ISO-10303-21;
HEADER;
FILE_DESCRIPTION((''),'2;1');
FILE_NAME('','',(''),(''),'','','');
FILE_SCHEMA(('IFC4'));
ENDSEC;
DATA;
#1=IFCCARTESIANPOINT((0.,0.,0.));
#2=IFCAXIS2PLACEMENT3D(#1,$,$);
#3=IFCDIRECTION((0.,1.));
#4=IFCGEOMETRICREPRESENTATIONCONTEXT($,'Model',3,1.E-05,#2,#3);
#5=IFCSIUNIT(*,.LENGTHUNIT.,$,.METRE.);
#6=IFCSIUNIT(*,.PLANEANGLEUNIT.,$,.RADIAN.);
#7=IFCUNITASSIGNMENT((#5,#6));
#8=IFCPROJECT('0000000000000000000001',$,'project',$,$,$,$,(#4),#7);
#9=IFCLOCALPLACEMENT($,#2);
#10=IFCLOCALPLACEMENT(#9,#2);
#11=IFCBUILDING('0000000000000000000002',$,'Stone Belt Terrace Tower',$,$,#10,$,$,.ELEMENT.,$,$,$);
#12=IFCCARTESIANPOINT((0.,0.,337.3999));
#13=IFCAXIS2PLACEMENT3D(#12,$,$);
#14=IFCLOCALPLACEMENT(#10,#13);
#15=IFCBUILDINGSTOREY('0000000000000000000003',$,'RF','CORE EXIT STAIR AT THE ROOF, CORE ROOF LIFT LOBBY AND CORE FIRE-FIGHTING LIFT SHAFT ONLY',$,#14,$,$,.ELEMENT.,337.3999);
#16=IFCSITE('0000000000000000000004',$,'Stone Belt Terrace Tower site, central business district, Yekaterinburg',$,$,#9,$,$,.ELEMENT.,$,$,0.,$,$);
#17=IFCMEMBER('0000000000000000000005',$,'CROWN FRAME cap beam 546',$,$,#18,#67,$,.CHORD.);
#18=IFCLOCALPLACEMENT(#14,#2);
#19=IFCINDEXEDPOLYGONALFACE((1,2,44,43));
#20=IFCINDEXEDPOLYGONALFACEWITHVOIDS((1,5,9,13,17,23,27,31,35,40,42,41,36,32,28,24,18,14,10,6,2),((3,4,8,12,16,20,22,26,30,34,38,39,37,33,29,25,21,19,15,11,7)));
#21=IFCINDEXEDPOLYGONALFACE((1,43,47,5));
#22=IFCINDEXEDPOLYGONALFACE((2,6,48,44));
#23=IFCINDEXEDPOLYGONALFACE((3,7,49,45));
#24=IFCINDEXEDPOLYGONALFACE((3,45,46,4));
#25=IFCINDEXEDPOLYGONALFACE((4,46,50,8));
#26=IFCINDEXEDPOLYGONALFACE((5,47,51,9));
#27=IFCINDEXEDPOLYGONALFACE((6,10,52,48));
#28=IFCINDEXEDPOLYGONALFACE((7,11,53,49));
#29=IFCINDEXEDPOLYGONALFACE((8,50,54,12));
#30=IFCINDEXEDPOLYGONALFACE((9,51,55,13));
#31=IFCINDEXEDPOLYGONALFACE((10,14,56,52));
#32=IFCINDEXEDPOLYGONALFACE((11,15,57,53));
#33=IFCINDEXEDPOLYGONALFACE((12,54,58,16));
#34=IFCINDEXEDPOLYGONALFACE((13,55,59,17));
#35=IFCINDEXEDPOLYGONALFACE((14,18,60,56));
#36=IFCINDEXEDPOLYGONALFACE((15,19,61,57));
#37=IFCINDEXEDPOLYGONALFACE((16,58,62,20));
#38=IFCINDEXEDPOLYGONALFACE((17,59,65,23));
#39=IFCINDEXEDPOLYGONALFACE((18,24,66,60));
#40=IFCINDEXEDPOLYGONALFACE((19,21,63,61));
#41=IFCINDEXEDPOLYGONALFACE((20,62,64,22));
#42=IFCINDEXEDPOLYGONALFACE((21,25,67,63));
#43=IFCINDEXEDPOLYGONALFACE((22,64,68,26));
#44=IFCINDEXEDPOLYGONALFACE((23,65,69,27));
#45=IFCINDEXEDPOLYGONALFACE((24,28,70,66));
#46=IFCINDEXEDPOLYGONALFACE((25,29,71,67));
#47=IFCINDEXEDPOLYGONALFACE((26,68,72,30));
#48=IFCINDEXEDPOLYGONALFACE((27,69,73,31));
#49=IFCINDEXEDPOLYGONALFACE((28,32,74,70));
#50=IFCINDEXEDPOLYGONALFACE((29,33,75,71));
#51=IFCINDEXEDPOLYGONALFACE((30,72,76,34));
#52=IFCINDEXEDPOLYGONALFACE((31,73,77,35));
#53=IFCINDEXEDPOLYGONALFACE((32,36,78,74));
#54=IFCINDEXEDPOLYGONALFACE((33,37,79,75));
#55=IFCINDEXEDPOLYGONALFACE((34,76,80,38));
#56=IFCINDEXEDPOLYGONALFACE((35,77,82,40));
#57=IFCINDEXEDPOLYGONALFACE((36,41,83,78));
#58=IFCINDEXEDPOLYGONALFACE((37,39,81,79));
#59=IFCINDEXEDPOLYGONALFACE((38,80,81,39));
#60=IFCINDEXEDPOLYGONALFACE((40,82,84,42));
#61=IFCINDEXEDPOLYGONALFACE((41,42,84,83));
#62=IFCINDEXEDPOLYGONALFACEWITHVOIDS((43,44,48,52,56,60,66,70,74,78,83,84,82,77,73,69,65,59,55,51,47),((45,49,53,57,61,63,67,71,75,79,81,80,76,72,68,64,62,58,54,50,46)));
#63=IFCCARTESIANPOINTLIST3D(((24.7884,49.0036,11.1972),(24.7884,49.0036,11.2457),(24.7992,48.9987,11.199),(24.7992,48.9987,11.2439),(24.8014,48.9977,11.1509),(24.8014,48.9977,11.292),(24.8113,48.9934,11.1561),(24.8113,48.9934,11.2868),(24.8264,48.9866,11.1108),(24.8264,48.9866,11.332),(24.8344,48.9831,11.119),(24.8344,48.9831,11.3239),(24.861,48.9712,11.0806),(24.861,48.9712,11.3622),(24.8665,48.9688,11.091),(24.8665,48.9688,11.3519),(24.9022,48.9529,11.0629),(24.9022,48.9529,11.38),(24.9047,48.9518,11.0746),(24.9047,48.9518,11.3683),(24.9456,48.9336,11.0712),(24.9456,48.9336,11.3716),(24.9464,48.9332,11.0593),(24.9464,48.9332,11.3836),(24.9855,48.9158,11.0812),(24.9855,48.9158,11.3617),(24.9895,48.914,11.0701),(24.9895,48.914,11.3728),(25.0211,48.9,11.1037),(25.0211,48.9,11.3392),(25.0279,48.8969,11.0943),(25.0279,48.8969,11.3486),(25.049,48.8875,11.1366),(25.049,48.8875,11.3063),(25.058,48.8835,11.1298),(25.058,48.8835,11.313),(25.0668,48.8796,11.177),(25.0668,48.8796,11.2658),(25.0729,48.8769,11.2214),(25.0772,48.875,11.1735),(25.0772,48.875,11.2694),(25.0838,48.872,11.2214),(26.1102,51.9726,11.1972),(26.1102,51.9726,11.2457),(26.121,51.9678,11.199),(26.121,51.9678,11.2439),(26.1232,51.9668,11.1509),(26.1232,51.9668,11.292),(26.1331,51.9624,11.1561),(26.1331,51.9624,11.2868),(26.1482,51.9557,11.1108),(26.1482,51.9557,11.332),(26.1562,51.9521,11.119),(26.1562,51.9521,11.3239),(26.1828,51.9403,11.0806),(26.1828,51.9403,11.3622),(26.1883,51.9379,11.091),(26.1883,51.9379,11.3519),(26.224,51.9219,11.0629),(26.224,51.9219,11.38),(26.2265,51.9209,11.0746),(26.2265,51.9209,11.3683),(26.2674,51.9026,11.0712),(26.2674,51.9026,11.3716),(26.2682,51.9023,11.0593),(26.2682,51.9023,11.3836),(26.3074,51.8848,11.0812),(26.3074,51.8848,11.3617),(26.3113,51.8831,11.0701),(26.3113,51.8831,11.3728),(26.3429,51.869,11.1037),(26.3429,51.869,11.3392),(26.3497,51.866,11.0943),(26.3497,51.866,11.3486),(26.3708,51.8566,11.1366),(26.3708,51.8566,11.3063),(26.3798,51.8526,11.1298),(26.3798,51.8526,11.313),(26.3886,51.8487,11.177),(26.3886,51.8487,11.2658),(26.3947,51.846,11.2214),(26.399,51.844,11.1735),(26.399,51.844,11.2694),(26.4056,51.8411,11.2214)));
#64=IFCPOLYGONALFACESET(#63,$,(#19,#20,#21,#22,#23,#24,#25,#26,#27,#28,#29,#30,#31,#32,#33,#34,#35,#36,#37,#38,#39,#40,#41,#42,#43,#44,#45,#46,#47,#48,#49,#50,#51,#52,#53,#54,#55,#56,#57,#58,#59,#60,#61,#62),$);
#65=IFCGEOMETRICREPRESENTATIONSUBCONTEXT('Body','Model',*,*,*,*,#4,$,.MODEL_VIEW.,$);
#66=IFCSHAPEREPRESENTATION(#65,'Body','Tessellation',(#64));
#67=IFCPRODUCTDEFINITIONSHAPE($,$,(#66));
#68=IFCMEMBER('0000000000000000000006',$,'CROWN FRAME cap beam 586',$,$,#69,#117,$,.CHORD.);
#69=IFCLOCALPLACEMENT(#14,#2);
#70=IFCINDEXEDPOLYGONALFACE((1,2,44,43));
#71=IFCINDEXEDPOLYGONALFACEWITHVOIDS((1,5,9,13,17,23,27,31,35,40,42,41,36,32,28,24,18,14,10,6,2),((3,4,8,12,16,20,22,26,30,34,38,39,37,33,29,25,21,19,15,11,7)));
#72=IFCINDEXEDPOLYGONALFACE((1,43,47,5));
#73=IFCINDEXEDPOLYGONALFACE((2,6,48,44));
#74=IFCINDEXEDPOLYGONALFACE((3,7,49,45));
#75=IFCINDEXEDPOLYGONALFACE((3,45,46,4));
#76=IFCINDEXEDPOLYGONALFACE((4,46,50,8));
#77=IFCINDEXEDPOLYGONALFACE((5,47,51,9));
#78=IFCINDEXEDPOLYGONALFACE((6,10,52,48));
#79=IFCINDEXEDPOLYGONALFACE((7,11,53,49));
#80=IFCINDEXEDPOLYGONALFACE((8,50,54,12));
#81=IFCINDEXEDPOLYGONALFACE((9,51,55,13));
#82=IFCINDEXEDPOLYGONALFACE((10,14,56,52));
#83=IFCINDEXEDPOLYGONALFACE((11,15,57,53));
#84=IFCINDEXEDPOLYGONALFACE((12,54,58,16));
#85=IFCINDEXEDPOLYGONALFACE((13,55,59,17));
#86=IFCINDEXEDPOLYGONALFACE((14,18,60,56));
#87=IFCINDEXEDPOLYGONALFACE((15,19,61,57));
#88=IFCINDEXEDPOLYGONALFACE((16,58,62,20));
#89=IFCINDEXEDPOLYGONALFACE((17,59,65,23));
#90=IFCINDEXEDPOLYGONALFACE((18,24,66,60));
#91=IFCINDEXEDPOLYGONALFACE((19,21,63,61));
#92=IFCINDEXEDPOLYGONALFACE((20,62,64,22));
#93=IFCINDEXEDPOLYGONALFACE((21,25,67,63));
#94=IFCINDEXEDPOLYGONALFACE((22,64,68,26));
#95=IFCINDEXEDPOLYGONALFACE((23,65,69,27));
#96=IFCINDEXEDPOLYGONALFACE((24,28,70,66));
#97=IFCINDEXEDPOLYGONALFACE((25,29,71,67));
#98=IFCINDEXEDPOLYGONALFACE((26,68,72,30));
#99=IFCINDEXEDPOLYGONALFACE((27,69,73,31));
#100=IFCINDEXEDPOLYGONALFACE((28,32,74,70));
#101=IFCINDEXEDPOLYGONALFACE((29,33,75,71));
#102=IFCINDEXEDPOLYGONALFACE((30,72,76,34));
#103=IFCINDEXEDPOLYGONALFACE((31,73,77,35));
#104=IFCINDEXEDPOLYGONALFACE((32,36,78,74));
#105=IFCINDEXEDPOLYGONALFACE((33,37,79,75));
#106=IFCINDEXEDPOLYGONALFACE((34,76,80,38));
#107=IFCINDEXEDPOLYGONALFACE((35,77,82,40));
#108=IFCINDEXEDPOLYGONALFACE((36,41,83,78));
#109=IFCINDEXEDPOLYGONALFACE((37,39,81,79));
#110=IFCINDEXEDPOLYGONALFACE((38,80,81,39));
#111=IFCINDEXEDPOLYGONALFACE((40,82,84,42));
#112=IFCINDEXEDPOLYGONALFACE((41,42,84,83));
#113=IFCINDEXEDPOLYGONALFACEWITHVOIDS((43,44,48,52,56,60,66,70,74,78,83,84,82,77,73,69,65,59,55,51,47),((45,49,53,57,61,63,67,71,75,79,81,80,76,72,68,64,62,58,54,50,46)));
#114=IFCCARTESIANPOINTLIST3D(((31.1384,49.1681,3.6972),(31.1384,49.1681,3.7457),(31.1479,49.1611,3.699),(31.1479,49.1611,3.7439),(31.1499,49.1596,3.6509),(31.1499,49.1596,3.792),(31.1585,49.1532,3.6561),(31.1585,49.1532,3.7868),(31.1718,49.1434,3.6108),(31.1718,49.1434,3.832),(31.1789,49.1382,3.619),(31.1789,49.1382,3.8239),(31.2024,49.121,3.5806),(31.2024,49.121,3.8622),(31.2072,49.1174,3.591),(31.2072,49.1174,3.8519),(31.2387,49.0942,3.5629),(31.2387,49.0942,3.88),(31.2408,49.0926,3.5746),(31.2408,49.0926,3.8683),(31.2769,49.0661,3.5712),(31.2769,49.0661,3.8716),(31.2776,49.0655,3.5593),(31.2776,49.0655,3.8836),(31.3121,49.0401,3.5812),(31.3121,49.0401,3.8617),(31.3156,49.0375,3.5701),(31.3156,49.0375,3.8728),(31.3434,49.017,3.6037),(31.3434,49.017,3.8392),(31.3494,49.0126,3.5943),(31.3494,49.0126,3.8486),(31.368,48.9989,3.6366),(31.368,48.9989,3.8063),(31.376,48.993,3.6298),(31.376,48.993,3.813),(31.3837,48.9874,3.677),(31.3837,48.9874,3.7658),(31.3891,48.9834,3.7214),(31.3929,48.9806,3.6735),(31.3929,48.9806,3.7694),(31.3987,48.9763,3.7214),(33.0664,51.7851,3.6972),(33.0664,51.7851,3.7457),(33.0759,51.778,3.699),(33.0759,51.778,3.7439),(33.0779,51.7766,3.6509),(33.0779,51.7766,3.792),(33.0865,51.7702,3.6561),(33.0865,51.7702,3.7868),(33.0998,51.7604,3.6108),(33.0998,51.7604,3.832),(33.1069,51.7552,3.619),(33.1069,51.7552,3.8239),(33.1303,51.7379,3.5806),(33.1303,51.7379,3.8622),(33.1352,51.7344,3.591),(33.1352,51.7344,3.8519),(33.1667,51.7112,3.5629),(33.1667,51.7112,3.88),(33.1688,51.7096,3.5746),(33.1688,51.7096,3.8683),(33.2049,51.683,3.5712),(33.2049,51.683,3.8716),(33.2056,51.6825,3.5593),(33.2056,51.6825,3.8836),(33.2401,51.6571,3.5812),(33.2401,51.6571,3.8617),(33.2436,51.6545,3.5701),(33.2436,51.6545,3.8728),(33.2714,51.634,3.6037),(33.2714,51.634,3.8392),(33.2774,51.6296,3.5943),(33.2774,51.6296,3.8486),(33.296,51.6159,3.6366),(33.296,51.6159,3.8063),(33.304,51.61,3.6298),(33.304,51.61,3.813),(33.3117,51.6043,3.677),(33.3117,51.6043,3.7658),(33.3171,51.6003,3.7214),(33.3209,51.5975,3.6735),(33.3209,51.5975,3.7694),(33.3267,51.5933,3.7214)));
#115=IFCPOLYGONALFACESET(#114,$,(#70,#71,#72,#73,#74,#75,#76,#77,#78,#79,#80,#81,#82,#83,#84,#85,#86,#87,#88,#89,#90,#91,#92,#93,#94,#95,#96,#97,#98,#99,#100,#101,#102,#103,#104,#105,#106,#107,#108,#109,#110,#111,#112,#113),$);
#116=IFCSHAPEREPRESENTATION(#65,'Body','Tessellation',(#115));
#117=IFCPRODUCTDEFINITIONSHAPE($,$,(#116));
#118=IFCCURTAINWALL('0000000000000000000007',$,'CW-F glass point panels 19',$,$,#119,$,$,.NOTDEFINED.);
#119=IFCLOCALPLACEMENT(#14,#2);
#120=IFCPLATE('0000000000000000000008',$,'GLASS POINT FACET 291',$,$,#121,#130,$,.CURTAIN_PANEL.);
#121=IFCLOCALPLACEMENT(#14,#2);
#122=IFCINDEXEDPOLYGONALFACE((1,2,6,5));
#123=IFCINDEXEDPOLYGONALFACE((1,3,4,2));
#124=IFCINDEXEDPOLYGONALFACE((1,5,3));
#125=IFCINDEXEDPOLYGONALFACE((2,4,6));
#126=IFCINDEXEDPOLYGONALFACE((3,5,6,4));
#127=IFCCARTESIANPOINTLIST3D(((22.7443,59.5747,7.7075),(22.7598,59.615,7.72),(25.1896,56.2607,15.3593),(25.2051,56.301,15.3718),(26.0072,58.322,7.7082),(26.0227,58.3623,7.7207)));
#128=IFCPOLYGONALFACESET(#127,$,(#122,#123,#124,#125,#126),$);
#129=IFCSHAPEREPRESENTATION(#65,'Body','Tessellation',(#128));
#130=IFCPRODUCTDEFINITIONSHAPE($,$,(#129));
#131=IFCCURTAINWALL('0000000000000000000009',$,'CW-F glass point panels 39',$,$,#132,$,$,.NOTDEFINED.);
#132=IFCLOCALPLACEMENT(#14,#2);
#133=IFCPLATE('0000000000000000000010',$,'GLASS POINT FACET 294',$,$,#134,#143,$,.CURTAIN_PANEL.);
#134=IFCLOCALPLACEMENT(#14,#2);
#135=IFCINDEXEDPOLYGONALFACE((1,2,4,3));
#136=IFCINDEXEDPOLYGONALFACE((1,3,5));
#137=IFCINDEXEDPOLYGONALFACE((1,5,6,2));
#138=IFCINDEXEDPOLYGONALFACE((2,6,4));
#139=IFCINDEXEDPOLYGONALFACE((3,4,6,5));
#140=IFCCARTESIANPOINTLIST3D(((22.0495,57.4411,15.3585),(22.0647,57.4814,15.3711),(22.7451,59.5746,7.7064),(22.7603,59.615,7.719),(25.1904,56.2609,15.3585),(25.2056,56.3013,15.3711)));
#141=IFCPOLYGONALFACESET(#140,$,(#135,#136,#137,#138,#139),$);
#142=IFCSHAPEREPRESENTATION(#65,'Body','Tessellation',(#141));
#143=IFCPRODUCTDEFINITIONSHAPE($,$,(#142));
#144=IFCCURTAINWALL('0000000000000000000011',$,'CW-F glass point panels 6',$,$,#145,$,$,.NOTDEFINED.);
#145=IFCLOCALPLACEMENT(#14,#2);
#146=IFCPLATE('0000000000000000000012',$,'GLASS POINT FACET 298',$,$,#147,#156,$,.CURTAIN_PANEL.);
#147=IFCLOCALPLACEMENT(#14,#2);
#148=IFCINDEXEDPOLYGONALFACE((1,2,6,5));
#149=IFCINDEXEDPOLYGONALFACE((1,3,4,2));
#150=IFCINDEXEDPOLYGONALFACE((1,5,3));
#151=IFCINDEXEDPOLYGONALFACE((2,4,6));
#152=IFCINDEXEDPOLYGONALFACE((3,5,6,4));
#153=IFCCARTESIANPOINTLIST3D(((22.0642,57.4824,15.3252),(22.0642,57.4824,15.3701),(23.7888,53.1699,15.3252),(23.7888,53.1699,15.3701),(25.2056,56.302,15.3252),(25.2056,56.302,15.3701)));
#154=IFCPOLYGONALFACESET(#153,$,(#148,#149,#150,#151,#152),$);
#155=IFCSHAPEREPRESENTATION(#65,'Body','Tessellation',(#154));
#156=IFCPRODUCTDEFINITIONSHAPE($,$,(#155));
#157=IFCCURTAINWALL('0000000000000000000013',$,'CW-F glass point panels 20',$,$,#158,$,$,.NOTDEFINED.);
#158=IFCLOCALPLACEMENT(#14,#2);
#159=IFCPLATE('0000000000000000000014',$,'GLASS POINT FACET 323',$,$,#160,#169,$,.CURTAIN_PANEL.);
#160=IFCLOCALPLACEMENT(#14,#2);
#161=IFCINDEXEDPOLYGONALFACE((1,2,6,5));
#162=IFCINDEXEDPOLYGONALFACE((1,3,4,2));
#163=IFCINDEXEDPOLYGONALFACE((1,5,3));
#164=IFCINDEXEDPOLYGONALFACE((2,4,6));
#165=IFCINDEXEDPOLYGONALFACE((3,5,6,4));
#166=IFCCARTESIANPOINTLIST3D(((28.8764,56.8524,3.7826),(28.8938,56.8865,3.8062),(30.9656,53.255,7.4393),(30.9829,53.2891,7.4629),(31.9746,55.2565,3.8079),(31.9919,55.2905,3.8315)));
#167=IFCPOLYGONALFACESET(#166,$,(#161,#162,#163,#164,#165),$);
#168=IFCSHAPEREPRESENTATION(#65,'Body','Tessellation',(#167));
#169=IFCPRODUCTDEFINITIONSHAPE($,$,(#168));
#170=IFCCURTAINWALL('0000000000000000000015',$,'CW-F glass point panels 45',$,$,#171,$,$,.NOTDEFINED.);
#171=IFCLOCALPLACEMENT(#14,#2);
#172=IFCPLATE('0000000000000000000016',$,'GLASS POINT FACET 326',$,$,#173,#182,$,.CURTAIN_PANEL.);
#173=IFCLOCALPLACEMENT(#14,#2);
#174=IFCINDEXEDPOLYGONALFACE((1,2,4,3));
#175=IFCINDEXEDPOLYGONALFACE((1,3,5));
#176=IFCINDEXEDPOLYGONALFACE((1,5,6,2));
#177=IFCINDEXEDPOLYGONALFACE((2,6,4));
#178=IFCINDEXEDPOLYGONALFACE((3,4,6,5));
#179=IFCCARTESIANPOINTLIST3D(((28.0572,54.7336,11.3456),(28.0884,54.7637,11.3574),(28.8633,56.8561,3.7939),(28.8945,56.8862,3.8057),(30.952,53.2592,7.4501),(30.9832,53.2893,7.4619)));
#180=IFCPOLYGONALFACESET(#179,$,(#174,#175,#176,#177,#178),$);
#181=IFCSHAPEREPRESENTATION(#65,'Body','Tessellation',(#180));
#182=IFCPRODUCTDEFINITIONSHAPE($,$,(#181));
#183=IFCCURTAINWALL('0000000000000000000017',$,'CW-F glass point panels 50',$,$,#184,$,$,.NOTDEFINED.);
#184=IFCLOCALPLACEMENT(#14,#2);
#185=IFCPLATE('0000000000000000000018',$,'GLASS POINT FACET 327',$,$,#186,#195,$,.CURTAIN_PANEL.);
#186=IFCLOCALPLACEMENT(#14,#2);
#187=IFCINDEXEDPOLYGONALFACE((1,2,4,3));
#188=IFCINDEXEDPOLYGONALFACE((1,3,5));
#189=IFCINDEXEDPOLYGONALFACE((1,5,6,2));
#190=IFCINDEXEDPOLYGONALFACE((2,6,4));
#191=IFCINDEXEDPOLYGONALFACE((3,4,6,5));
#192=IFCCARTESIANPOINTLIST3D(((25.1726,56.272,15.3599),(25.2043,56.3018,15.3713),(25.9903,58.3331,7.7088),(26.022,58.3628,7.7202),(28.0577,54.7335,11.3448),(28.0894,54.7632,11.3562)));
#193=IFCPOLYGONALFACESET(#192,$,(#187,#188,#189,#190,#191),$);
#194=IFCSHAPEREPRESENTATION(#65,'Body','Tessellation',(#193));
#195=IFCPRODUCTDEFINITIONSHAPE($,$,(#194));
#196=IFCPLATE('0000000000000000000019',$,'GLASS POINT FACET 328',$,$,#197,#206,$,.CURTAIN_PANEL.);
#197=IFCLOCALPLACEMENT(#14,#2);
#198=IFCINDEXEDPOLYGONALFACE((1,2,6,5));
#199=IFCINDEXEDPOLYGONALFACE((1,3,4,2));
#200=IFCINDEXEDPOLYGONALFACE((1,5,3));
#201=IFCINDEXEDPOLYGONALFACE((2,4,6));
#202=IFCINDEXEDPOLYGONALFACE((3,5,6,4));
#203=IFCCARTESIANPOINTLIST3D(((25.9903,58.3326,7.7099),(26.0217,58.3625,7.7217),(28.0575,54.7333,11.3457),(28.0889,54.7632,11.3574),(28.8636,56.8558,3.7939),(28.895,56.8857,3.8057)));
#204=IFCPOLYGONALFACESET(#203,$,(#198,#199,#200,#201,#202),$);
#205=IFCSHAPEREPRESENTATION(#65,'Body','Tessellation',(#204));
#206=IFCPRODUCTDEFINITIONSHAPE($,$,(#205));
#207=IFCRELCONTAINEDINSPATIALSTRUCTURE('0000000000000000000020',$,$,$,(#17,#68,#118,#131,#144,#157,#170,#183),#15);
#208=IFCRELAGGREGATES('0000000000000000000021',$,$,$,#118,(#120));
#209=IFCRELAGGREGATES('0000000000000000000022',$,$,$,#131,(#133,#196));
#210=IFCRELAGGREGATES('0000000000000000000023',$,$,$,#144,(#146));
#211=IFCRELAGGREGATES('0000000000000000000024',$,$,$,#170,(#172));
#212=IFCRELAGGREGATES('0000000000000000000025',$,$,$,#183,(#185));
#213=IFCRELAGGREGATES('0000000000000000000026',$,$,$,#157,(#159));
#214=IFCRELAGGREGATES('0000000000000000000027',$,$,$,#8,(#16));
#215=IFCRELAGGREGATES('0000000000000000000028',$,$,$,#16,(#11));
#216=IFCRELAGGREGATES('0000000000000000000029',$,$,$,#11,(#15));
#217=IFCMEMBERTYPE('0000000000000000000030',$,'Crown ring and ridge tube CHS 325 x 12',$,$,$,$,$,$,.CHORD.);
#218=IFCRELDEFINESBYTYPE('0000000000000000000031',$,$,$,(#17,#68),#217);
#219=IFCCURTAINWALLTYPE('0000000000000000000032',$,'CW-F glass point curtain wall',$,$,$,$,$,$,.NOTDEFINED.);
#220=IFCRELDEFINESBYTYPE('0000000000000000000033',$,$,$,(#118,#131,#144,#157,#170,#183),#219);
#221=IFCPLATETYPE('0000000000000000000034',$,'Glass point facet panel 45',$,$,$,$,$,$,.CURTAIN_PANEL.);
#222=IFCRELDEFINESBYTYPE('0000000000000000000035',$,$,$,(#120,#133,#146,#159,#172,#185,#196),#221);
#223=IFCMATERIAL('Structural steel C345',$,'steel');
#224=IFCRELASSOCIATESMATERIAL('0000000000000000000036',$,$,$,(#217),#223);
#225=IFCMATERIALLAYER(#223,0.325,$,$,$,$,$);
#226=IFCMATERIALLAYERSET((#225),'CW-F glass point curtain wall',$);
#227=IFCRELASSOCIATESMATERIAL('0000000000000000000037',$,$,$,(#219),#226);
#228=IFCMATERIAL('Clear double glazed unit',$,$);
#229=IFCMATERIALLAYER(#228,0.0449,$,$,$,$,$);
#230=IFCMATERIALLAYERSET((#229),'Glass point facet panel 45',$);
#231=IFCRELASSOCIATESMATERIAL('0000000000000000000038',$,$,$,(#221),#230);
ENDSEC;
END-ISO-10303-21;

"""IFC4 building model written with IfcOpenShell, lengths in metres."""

from ifc_helpers import new_model, si_unit, direction, frame, origin, origin_2d, place, context, subcontext, project, spatial, polyline, hollow_circle, outline, extrude, material, layer, layer_set, material_profile, profile_set, type_object, element, aggregate, save


model = new_model("IFC4")

# Units and contexts
model_context = context("Model", 3, precision=1e-05, world=origin(), true_north=direction((0.0, 1.0)))
body_context = subcontext(model_context, "Body", "Model", "MODEL_VIEW")
ifc_project = project(units=[si_unit("LENGTHUNIT", "METRE"), si_unit("PLANEANGLEUNIT", "RADIAN")], contexts=[model_context])

# Site, building, storey
site_placement = place(None, origin())
site = spatial("IfcSite", under=ifc_project, at=site_placement, Name="Stone Belt Terrace Tower site, central business district, Yekaterinburg", CompositionType="ELEMENT", RefElevation=0.0)
building_placement = place(site_placement, origin())
building = spatial("IfcBuilding", under=site, at=building_placement, Name="Stone Belt Terrace Tower", CompositionType="ELEMENT")
storey_placement = place(building_placement, frame((0.0, 0.0, 337.3999)))
storey = spatial("IfcBuildingStorey", under=building, at=storey_placement, Name="RF", Description="CORE EXIT STAIR AT THE ROOF, CORE ROOF LIFT LOBBY AND CORE FIRE-FIGHTING LIFT SHAFT ONLY", CompositionType="ELEMENT", Elevation=337.3999)

# Members
ifc_material_1 = material(Name="Structural steel C345", Category="steel")
ifc_material_profile_1 = material_profile(ifc_material_1, hollow_circle(Radius=0.1626, WallThickness=0.012, at=origin_2d()), Name="Structural steel C345 CHS 325x12")
ifc_profile_set_1 = profile_set([ifc_material_profile_1], Name="Structural steel C345")
member_type_1 = type_object("IfcMemberType", Name="Crown ring and ridge tube CHS 325 x 12", PredefinedType="CHORD", material=ifc_profile_set_1)
for number, where, z_axis, x_axis, name in (
    (1, (26.2571, 51.9072, 11.2214), (-0.40671, -0.913557, 0.0), (0.913557, -0.40671, 0.0), "CROWN FRAME cap beam 546"),
):
    element("IfcMember", number, at=place(storey_placement, frame(where, z_axis=z_axis, x_axis=x_axis)), inside=storey, type_object=member_type_1, Name=name, PredefinedType="CHORD", context=body_context, shape_type="SweptSolid", body=[
        extrude(hollow_circle(Radius=0.1626, WallThickness=0.012, at=origin_2d()), origin(), (0.0, 0.0, 1.0), 3.25),
    ])
member_1_placement = place(storey_placement, frame((33.1958, 51.6897, 3.7214), z_axis=(-0.59314, -0.805099, 0.0), x_axis=(0.805099, -0.59314, 0.0)))
element("IfcMember", 2, at=member_1_placement, inside=storey, type_object=member_type_1, Name="CROWN FRAME cap beam 586", PredefinedType="CHORD", context=body_context, shape_type="SweptSolid", body=[
    extrude(hollow_circle(Radius=0.1626, WallThickness=0.012, at=origin_2d()), origin(), (0.0, 0.0, 1.0), 3.2505),
])

# Curtain walls, plates
ifc_layer_1 = layer(ifc_material_1, 0.325)
ifc_layer_set_1 = layer_set([ifc_layer_1], Name="CW-F glass point curtain wall")
curtain_wall_type = type_object("IfcCurtainWallType", Name="CW-F glass point curtain wall", PredefinedType="NOTDEFINED", material=ifc_layer_set_1)
curtain_wall_1_placement = place(storey_placement, origin())
curtain_wall_1 = element("IfcCurtainWall", 3, at=curtain_wall_1_placement, inside=storey, type_object=curtain_wall_type, Name="CW-F glass point panels 19", PredefinedType="NOTDEFINED")
ifc_material_2 = material(Name="Clear double glazed unit")
ifc_layer_2 = layer(ifc_material_2, 0.0449)
ifc_layer_set_2 = layer_set([ifc_layer_2], Name="Glass point facet panel 45")
plate_type = type_object("IfcPlateType", Name="Glass point facet panel 45", PredefinedType="CURTAIN_PANEL", material=ifc_layer_set_2)
plate_1_placement = place(storey_placement, frame((25.2051, 56.301, 15.3718), z_axis=(0.344188, 0.896689, 0.278357), x_axis=(-0.2814, 0.381362, -0.880555)))
plate_1 = element("IfcPlate", 4, at=plate_1_placement, type_object=plate_type, Name="GLASS POINT FACET 291", PredefinedType="CURTAIN_PANEL", context=body_context, shape_type="SweptSolid", body=[
    extrude(outline(polyline([(0.0, 0.0), (8.6898, 0.0), (7.2932, -3.204), (0.0, 0.0)])), origin(), (0.0, 0.0, -1.0), 0.0449),
])
aggregate(curtain_wall_1, [plate_1])
curtain_wall_2_placement = place(storey_placement, origin())
curtain_wall_2 = element("IfcCurtainWall", 5, at=curtain_wall_2_placement, inside=storey, type_object=curtain_wall_type, Name="CW-F glass point panels 39", PredefinedType="NOTDEFINED")
plate_2_placement = place(storey_placement, frame((25.2056, 56.3013, 15.3711), z_axis=(0.337549, 0.898339, 0.281156), x_axis=(-0.936099, 0.351737, 0.0)))
plate_2 = element("IfcPlate", 6, at=plate_2_placement, type_object=plate_type, Name="GLASS POINT FACET 294", PredefinedType="CURTAIN_PANEL", context=body_context, shape_type="SweptSolid", body=[
    extrude(outline(polyline([(0.0, 0.0), (3.3553, 0.0), (3.4546, -7.9737), (0.0, 0.0)])), origin(), (0.0, 0.0, -1.0), 0.0449),
])
curtain_wall_3_placement = place(storey_placement, origin())
curtain_wall_3 = element("IfcCurtainWall", 7, at=curtain_wall_3_placement, inside=storey, type_object=curtain_wall_type, Name="CW-F glass point panels 6", PredefinedType="NOTDEFINED")
plate_3_placement = place(storey_placement, frame((25.2056, 56.302, 15.3701), z_axis=(0.0, 0.0, 1.0), x_axis=(-0.412133, -0.911124, 0.0)))
plate_3 = element("IfcPlate", 8, at=plate_3_placement, type_object=plate_type, Name="GLASS POINT FACET 298", PredefinedType="CURTAIN_PANEL", context=body_context, shape_type="SweptSolid", body=[
    extrude(outline(polyline([(0.0, 0.0), (3.4376, 0.0), (0.2191, -3.3487), (0.0, 0.0)])), origin(), (0.0, 0.0, -1.0), 0.0449),
])
curtain_wall_4_placement = place(storey_placement, origin())
curtain_wall_4 = element("IfcCurtainWall", 9, at=curtain_wall_4_placement, inside=storey, type_object=curtain_wall_type, Name="CW-F glass point panels 20", PredefinedType="NOTDEFINED")
plate_4_placement = place(storey_placement, frame((30.9829, 53.2891, 7.4629), z_axis=(0.386281, 0.758227, 0.525242), x_axis=(-0.377183, 0.649502, -0.660213)))
plate_4 = element("IfcPlate", 10, at=plate_4_placement, type_object=plate_type, Name="GLASS POINT FACET 323", PredefinedType="CURTAIN_PANEL", context=body_context, shape_type="SweptSolid", body=[
    extrude(outline(polyline([(0.0, 0.0), (5.5387, 0.0), (3.3168, -2.685), (0.0, 0.0)])), origin(), (0.0, 0.0, -1.0), 0.0449),
])
curtain_wall_5_placement = place(storey_placement, origin())
curtain_wall_5 = element("IfcCurtainWall", 11, at=curtain_wall_5_placement, inside=storey, type_object=curtain_wall_type, Name="CW-F glass point panels 45", PredefinedType="NOTDEFINED")
plate_5_placement = place(storey_placement, frame((30.9832, 53.2893, 7.4619), z_axis=(0.69442, 0.670003, 0.262446), x_axis=(-0.5707, 0.290669, 0.767993)))
plate_5 = element("IfcPlate", 12, at=plate_5_placement, type_object=plate_type, Name="GLASS POINT FACET 326", PredefinedType="CURTAIN_PANEL", context=body_context, shape_type="SweptSolid", body=[
    extrude(outline(polyline([(0.0, 0.0), (5.0723, 0.0), (-0.5705, -5.5084), (0.0, 0.0)])), origin(), (0.0, 0.0, -1.0), 0.0449),
])
curtain_wall_6_placement = place(storey_placement, origin())
curtain_wall_6 = element("IfcCurtainWall", 13, at=curtain_wall_6_placement, inside=storey, type_object=curtain_wall_type, Name="CW-F glass point panels 50", PredefinedType="NOTDEFINED")
plate_6_placement = place(storey_placement, frame((25.2043, 56.3018, 15.3713), z_axis=(0.705747, 0.661514, 0.253615), x_axis=(0.10264, 0.258731, -0.960481)))
plate_6 = element("IfcPlate", 14, at=plate_6_placement, type_object=plate_type, Name="GLASS POINT FACET 327", PredefinedType="CURTAIN_PANEL", context=body_context, shape_type="SweptSolid", body=[
    extrude(outline(polyline([(0.0, 0.0), (7.9659, 0.0), (3.7545, -3.5659), (0.0, 0.0)])), origin(), (0.0, 0.0, -1.0), 0.0449),
])

# Plate
plate_7_placement = place(storey_placement, frame((28.895, 56.8857, 3.8057), z_axis=(0.69883, 0.665693, 0.261705), x_axis=(-0.10223, -0.269166, 0.957653)))
plate_7 = element("IfcPlate", 15, at=plate_7_placement, type_object=plate_type, Name="GLASS POINT FACET 328", PredefinedType="CURTAIN_PANEL", context=body_context, shape_type="SweptSolid", body=[
    extrude(outline(polyline([(0.0, 0.0), (7.8857, 0.0), (3.6464, -3.5321), (0.0, 0.0)])), origin(), (0.0, 0.0, -1.0), 0.0449),
])
aggregate(curtain_wall_2, [plate_2, plate_7])

aggregate(curtain_wall_3, [plate_3])

aggregate(curtain_wall_5, [plate_5])
aggregate(curtain_wall_6, [plate_6])

aggregate(curtain_wall_4, [plate_4])

save(model, "model.ifc")
